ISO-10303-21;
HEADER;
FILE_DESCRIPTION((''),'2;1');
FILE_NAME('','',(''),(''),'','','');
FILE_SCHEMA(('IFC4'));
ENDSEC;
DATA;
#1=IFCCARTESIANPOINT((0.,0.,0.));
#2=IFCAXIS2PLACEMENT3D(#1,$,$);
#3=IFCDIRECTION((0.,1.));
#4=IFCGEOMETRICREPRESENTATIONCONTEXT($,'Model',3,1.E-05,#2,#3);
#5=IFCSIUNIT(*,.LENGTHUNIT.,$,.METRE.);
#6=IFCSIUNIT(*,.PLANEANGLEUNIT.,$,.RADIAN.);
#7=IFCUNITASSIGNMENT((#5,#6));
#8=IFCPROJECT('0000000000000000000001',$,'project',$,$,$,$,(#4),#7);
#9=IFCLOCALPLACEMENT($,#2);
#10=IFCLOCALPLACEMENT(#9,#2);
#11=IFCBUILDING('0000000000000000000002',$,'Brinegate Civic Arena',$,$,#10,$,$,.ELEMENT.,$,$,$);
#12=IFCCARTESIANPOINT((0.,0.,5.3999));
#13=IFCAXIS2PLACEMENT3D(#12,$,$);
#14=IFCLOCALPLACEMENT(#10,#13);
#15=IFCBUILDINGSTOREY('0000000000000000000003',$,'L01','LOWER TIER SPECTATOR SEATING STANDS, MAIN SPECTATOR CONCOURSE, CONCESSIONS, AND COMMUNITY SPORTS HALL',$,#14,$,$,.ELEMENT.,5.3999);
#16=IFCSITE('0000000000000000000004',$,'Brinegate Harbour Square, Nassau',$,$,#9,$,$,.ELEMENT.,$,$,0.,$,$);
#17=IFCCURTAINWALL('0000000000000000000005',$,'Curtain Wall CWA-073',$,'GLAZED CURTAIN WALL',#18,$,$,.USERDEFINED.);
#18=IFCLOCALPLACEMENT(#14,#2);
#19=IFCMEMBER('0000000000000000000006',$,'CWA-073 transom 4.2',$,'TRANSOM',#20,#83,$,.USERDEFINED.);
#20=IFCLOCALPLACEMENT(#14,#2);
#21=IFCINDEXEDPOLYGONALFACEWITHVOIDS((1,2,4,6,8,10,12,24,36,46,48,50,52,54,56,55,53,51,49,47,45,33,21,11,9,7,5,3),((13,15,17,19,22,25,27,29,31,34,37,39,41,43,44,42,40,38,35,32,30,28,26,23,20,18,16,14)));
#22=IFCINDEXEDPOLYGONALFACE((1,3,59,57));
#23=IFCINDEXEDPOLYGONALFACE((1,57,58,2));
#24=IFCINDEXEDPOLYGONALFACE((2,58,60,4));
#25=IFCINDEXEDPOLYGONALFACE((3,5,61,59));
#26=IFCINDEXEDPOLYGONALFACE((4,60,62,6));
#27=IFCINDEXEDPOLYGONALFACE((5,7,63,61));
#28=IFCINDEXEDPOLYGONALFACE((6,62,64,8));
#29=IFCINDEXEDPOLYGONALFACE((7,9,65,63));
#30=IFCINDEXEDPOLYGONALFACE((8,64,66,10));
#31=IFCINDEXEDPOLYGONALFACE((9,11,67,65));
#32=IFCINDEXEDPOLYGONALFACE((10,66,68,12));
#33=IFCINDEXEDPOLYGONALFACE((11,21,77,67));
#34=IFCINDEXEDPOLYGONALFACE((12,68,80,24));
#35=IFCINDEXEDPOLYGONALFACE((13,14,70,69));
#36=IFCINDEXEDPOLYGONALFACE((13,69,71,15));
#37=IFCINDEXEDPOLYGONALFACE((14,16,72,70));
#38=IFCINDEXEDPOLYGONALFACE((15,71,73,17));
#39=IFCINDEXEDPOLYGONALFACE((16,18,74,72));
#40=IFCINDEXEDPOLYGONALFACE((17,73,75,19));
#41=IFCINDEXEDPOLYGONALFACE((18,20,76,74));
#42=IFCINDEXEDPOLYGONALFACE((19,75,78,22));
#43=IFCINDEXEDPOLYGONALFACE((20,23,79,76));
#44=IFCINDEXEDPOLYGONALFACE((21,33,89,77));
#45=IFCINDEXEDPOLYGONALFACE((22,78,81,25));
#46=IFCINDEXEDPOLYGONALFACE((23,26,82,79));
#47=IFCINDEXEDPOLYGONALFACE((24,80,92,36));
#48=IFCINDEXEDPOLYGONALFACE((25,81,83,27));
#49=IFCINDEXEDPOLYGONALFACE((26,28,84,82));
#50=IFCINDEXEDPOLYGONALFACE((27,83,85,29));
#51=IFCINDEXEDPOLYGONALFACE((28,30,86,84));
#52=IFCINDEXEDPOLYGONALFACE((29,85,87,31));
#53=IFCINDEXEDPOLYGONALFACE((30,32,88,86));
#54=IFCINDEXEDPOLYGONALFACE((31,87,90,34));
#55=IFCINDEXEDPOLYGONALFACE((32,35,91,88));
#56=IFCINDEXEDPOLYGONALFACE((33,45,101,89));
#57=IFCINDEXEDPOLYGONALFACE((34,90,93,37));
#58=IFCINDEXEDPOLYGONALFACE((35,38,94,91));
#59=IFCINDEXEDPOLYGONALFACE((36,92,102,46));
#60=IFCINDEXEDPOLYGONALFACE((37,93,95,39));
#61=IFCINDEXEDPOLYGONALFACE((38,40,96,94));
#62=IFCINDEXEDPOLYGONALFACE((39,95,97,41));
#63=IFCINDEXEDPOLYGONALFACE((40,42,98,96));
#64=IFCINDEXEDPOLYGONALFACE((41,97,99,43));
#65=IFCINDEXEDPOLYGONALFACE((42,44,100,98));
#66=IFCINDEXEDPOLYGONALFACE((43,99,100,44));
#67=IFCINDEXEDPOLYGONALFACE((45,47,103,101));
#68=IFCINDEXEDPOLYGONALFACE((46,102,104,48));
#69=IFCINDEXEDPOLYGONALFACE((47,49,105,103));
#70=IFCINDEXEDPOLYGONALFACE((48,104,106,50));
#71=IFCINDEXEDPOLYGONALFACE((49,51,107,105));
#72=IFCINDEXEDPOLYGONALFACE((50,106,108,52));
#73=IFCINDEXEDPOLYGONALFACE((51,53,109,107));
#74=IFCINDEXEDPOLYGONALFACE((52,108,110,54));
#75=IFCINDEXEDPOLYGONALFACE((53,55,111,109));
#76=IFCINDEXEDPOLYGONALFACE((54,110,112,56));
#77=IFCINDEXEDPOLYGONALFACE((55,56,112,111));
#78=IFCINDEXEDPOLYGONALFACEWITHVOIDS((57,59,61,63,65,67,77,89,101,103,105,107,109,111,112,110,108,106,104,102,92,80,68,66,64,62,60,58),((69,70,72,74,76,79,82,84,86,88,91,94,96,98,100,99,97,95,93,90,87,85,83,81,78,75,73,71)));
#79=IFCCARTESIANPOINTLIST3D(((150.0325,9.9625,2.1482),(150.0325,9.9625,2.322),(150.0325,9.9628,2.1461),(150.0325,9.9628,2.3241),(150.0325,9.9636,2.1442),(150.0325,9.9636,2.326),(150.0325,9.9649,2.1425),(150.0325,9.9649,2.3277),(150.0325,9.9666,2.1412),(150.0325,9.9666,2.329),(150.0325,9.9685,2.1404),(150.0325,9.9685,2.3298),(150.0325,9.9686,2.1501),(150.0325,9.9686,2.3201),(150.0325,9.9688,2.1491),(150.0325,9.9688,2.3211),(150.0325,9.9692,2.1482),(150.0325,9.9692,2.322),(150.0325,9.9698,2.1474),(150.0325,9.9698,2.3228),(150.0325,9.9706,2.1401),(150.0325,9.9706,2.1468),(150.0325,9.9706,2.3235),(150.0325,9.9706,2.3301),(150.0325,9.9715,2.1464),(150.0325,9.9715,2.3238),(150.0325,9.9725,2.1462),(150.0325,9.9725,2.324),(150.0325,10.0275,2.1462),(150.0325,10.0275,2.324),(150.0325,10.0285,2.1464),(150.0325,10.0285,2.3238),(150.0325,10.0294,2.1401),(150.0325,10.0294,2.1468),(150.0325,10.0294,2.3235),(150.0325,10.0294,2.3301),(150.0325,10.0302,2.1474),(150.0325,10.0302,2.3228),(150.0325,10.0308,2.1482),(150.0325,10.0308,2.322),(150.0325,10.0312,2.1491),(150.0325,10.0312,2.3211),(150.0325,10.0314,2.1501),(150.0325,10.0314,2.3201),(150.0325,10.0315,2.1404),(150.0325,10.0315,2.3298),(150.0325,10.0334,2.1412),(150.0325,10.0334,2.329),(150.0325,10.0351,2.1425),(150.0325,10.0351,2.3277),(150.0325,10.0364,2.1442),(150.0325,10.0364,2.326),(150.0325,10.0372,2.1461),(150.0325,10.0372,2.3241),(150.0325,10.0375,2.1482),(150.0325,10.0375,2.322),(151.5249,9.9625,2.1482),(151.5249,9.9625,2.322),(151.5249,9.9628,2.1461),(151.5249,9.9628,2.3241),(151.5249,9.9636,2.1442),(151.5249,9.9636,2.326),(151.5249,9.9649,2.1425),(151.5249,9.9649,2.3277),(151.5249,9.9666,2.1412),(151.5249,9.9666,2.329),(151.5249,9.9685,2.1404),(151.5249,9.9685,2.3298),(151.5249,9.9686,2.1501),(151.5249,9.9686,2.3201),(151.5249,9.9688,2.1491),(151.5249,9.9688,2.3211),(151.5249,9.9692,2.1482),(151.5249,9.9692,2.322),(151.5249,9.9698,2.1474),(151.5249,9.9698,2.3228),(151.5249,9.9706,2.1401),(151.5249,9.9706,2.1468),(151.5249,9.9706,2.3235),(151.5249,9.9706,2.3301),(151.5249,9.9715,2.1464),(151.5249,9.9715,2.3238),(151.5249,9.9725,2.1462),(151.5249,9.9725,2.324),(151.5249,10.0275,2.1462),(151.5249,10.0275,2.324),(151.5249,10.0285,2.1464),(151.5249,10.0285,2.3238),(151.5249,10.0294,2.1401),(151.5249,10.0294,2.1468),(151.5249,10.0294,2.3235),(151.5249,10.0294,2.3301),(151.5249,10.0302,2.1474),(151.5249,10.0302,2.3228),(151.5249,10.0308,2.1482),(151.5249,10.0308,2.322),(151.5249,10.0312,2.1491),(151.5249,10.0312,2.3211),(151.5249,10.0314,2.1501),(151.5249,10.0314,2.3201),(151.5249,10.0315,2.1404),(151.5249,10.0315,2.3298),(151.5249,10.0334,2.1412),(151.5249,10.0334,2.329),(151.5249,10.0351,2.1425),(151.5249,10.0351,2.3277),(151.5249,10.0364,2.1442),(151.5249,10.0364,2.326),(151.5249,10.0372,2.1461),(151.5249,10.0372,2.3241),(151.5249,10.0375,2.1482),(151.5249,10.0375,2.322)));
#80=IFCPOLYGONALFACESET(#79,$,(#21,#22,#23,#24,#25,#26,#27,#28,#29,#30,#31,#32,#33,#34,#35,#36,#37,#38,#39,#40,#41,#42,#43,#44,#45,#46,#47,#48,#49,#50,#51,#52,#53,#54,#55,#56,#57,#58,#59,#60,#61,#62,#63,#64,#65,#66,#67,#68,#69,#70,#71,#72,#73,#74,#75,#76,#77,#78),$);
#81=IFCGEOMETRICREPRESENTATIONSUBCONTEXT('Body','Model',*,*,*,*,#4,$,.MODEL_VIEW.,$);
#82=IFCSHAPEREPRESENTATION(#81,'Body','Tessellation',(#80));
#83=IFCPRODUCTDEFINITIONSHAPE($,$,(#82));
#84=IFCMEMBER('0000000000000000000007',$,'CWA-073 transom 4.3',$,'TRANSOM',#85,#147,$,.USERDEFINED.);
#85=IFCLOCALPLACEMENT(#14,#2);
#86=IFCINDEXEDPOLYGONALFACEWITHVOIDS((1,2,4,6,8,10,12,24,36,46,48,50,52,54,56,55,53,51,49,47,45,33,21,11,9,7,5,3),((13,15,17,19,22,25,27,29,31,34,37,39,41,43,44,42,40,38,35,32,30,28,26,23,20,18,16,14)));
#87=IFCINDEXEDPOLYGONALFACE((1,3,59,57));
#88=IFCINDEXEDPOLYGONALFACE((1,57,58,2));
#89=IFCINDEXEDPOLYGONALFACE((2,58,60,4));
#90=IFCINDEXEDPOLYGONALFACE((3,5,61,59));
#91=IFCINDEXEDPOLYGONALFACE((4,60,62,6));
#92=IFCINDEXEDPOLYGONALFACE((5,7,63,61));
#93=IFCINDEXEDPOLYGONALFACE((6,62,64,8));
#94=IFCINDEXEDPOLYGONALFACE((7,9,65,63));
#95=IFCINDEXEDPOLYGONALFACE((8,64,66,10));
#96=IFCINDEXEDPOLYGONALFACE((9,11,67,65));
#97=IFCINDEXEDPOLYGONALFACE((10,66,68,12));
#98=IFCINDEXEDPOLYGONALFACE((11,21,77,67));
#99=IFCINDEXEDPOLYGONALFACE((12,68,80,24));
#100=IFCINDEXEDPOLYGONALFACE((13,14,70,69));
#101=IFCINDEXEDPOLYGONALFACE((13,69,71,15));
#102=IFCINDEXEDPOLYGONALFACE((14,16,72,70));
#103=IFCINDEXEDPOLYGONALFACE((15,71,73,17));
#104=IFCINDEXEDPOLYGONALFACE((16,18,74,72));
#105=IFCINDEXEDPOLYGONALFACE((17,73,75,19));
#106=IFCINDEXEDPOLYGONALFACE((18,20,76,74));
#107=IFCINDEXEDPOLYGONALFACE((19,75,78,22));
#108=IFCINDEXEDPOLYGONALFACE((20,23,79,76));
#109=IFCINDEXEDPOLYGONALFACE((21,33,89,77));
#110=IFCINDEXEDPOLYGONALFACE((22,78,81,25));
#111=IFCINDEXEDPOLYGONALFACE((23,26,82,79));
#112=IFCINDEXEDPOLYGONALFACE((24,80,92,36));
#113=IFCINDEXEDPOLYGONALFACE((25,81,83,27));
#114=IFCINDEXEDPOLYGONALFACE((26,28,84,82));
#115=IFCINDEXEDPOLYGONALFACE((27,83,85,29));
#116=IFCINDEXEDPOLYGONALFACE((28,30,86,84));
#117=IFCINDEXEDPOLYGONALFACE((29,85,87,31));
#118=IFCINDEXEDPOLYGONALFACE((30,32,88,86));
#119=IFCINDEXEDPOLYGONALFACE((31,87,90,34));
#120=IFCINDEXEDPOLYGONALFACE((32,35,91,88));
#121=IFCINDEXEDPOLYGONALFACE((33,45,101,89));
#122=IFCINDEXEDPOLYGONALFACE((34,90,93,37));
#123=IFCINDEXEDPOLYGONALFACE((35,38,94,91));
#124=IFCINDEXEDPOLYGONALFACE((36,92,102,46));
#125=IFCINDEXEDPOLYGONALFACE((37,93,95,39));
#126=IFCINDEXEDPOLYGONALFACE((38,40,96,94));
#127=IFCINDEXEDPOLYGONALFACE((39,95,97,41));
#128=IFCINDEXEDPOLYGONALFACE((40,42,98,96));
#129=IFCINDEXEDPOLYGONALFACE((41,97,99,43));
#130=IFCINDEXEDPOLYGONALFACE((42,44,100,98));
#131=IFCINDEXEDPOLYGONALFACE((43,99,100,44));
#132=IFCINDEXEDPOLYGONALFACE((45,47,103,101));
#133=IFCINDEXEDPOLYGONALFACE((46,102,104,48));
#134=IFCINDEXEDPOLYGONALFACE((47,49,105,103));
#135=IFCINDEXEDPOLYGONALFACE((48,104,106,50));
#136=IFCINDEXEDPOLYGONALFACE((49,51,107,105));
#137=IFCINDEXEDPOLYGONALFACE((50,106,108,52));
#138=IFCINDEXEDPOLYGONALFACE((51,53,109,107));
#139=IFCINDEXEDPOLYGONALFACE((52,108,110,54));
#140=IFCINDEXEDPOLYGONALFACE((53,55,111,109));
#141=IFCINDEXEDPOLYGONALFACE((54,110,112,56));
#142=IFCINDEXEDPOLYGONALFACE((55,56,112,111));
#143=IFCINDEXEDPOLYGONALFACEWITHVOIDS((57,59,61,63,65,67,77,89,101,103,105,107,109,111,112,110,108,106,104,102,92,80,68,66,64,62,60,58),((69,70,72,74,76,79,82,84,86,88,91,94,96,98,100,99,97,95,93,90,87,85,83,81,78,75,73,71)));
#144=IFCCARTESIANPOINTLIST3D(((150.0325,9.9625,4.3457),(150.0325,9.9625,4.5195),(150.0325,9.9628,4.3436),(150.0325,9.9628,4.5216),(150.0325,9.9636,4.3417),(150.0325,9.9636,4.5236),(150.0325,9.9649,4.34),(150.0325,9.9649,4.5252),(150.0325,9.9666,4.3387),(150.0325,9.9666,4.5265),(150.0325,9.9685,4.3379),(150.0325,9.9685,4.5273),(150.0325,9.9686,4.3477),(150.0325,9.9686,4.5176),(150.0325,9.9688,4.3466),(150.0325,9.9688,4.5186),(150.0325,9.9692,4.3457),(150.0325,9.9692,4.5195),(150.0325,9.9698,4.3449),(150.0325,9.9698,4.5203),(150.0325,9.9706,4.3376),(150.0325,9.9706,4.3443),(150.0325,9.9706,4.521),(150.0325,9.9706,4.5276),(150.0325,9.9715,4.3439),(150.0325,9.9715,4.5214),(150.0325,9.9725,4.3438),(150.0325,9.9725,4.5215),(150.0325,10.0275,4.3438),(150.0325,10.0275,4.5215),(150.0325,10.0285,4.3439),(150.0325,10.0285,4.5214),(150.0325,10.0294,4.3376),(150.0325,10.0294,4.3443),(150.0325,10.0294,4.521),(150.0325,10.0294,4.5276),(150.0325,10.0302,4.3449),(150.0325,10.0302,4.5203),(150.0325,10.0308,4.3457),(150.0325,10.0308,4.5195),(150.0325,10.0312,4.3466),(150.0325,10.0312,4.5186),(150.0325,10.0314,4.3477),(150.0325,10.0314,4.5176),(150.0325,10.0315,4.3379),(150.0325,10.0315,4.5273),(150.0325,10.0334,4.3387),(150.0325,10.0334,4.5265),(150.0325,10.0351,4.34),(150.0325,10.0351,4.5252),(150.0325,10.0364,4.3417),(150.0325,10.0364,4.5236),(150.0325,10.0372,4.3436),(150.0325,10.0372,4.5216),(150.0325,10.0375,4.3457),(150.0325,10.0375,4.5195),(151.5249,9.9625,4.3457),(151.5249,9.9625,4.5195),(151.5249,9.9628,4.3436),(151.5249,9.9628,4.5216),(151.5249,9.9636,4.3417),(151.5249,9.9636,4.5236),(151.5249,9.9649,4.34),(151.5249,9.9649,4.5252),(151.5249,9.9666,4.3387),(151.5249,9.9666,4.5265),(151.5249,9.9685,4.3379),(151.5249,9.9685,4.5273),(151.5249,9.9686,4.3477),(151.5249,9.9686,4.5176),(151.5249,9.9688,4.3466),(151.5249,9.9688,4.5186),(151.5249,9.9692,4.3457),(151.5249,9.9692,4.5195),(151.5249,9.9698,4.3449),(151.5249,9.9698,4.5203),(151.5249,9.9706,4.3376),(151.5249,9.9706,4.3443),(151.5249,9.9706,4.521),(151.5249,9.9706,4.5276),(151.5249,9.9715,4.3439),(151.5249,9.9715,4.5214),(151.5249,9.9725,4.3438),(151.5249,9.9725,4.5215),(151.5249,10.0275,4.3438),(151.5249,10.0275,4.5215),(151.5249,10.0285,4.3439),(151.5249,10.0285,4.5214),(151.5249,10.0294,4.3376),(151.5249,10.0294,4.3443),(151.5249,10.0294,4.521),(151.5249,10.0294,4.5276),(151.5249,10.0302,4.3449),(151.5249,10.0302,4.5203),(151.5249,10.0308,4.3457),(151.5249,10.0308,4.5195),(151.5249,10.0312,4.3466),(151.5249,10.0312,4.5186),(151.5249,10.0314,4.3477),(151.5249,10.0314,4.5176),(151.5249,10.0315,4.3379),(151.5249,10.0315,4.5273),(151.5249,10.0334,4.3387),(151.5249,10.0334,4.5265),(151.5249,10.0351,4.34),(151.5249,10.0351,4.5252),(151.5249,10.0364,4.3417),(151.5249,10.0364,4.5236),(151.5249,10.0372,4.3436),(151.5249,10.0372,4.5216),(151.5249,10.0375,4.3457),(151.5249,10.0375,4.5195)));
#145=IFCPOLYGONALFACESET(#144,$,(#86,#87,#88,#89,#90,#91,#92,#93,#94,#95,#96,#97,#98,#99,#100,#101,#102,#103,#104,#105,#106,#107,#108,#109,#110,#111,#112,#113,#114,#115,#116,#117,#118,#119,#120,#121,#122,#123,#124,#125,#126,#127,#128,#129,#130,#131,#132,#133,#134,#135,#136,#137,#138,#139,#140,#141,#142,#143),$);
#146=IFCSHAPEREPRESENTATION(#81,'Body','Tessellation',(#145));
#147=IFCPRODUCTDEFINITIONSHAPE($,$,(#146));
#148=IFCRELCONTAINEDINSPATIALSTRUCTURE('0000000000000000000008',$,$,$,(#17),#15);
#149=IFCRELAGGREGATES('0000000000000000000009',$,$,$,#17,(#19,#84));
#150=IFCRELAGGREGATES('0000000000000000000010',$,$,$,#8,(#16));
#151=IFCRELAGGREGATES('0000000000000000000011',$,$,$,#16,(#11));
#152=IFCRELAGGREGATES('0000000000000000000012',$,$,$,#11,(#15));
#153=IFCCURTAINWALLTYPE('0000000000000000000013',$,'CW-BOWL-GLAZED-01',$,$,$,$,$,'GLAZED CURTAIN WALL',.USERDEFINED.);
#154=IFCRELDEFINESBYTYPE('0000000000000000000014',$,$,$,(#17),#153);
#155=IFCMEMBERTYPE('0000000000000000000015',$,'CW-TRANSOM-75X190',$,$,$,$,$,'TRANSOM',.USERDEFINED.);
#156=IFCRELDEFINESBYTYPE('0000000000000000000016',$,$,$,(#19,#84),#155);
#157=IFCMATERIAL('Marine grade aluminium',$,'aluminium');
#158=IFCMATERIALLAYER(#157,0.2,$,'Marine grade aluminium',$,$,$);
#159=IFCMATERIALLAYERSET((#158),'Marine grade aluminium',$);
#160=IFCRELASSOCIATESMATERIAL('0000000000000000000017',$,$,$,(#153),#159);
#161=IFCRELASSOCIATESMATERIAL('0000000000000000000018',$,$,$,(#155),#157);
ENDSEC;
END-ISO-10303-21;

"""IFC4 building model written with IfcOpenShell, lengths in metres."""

from ifc_helpers import new_model, si_unit, direction, frame, origin, origin_2d, place, context, subcontext, project, spatial, hollow_rectangle, extrude, material, layer, layer_set, material_profile, profile_set, type_object, element, aggregate, save


model = new_model("IFC4")

# Units and contexts
model_context = context("Model", 3, precision=1e-05, world=origin(), true_north=direction((0.0, 1.0)))
body_context = subcontext(model_context, "Body", "Model", "MODEL_VIEW")
ifc_project = project(units=[si_unit("LENGTHUNIT", "METRE"), si_unit("PLANEANGLEUNIT", "RADIAN")], contexts=[model_context])

# Site, building, storey
site_placement = place(None, origin())
site = spatial("IfcSite", under=ifc_project, at=site_placement, Name="Brinegate Harbour Square, Nassau", CompositionType="ELEMENT", RefElevation=0.0)
building_placement = place(site_placement, origin())
building = spatial("IfcBuilding", under=site, at=building_placement, Name="Brinegate Civic Arena", CompositionType="ELEMENT")
storey_placement = place(building_placement, frame((0.0, 0.0, 5.3999)))
storey = spatial("IfcBuildingStorey", under=building, at=storey_placement, Name="L01", Description="LOWER TIER SPECTATOR SEATING STANDS, MAIN SPECTATOR CONCOURSE, CONCESSIONS, AND COMMUNITY SPORTS HALL", CompositionType="ELEMENT", Elevation=5.3999)

# Curtain wall, members
ifc_material_1 = material(Name="Marine grade aluminium", Category="aluminium")
ifc_layer_1 = layer(ifc_material_1, 0.2, Name="Marine grade aluminium")
ifc_layer_set_1 = layer_set([ifc_layer_1], Name="Marine grade aluminium")
curtain_wall_type = type_object("IfcCurtainWallType", Name="CW-BOWL-GLAZED-01", ElementType="GLAZED CURTAIN WALL", PredefinedType="USERDEFINED", material=ifc_layer_set_1)
curtain_wall_placement = place(storey_placement, origin())
curtain_wall = element("IfcCurtainWall", 1, at=curtain_wall_placement, inside=storey, type_object=curtain_wall_type, Name="Curtain Wall CWA-073", ObjectType="GLAZED CURTAIN WALL", PredefinedType="USERDEFINED")
ifc_material_profile_1 = material_profile(ifc_material_1, hollow_rectangle(XDim=0.075, YDim=0.1899, WallThickness=0.0061, InnerFilletRadius=0.0039, OuterFilletRadius=0.0081, at=origin_2d()), Name="TRN75X190")
ifc_profile_set_1 = profile_set([ifc_material_profile_1], Name="Marine grade aluminium")
member_type_1 = type_object("IfcMemberType", Name="CW-TRANSOM-75X190", ElementType="TRANSOM", PredefinedType="USERDEFINED", material=ifc_profile_set_1)
member_1_placement = place(storey_placement, frame((150.0325, 10.0, 2.2351), z_axis=(1.0, 0.0, 0.0), x_axis=(0.0, 1.0, 0.0)))
member_1 = element("IfcMember", 2, at=member_1_placement, type_object=member_type_1, Name="CWA-073 transom 4.2", ObjectType="TRANSOM", PredefinedType="USERDEFINED", context=body_context, shape_type="SweptSolid", body=[
    extrude(hollow_rectangle(XDim=0.075, YDim=0.1899, WallThickness=0.0061, InnerFilletRadius=0.0039, OuterFilletRadius=0.0081, at=origin_2d()), origin(), (0.0, 0.0, 1.0), 1.4924),
])
member_2_placement = place(storey_placement, frame((150.0325, 10.0, 4.4326), z_axis=(1.0, 0.0, 0.0), x_axis=(0.0, 1.0, 0.0)))
member_2 = element("IfcMember", 3, at=member_2_placement, type_object=member_type_1, Name="CWA-073 transom 4.3", ObjectType="TRANSOM", PredefinedType="USERDEFINED", context=body_context, shape_type="SweptSolid", body=[
    extrude(hollow_rectangle(XDim=0.075, YDim=0.1899, WallThickness=0.0061, InnerFilletRadius=0.0039, OuterFilletRadius=0.0081, at=origin_2d()), origin(), (0.0, 0.0, 1.0), 1.4924),
])

aggregate(curtain_wall, [member_1, member_2])

save(model, "model.ifc")
